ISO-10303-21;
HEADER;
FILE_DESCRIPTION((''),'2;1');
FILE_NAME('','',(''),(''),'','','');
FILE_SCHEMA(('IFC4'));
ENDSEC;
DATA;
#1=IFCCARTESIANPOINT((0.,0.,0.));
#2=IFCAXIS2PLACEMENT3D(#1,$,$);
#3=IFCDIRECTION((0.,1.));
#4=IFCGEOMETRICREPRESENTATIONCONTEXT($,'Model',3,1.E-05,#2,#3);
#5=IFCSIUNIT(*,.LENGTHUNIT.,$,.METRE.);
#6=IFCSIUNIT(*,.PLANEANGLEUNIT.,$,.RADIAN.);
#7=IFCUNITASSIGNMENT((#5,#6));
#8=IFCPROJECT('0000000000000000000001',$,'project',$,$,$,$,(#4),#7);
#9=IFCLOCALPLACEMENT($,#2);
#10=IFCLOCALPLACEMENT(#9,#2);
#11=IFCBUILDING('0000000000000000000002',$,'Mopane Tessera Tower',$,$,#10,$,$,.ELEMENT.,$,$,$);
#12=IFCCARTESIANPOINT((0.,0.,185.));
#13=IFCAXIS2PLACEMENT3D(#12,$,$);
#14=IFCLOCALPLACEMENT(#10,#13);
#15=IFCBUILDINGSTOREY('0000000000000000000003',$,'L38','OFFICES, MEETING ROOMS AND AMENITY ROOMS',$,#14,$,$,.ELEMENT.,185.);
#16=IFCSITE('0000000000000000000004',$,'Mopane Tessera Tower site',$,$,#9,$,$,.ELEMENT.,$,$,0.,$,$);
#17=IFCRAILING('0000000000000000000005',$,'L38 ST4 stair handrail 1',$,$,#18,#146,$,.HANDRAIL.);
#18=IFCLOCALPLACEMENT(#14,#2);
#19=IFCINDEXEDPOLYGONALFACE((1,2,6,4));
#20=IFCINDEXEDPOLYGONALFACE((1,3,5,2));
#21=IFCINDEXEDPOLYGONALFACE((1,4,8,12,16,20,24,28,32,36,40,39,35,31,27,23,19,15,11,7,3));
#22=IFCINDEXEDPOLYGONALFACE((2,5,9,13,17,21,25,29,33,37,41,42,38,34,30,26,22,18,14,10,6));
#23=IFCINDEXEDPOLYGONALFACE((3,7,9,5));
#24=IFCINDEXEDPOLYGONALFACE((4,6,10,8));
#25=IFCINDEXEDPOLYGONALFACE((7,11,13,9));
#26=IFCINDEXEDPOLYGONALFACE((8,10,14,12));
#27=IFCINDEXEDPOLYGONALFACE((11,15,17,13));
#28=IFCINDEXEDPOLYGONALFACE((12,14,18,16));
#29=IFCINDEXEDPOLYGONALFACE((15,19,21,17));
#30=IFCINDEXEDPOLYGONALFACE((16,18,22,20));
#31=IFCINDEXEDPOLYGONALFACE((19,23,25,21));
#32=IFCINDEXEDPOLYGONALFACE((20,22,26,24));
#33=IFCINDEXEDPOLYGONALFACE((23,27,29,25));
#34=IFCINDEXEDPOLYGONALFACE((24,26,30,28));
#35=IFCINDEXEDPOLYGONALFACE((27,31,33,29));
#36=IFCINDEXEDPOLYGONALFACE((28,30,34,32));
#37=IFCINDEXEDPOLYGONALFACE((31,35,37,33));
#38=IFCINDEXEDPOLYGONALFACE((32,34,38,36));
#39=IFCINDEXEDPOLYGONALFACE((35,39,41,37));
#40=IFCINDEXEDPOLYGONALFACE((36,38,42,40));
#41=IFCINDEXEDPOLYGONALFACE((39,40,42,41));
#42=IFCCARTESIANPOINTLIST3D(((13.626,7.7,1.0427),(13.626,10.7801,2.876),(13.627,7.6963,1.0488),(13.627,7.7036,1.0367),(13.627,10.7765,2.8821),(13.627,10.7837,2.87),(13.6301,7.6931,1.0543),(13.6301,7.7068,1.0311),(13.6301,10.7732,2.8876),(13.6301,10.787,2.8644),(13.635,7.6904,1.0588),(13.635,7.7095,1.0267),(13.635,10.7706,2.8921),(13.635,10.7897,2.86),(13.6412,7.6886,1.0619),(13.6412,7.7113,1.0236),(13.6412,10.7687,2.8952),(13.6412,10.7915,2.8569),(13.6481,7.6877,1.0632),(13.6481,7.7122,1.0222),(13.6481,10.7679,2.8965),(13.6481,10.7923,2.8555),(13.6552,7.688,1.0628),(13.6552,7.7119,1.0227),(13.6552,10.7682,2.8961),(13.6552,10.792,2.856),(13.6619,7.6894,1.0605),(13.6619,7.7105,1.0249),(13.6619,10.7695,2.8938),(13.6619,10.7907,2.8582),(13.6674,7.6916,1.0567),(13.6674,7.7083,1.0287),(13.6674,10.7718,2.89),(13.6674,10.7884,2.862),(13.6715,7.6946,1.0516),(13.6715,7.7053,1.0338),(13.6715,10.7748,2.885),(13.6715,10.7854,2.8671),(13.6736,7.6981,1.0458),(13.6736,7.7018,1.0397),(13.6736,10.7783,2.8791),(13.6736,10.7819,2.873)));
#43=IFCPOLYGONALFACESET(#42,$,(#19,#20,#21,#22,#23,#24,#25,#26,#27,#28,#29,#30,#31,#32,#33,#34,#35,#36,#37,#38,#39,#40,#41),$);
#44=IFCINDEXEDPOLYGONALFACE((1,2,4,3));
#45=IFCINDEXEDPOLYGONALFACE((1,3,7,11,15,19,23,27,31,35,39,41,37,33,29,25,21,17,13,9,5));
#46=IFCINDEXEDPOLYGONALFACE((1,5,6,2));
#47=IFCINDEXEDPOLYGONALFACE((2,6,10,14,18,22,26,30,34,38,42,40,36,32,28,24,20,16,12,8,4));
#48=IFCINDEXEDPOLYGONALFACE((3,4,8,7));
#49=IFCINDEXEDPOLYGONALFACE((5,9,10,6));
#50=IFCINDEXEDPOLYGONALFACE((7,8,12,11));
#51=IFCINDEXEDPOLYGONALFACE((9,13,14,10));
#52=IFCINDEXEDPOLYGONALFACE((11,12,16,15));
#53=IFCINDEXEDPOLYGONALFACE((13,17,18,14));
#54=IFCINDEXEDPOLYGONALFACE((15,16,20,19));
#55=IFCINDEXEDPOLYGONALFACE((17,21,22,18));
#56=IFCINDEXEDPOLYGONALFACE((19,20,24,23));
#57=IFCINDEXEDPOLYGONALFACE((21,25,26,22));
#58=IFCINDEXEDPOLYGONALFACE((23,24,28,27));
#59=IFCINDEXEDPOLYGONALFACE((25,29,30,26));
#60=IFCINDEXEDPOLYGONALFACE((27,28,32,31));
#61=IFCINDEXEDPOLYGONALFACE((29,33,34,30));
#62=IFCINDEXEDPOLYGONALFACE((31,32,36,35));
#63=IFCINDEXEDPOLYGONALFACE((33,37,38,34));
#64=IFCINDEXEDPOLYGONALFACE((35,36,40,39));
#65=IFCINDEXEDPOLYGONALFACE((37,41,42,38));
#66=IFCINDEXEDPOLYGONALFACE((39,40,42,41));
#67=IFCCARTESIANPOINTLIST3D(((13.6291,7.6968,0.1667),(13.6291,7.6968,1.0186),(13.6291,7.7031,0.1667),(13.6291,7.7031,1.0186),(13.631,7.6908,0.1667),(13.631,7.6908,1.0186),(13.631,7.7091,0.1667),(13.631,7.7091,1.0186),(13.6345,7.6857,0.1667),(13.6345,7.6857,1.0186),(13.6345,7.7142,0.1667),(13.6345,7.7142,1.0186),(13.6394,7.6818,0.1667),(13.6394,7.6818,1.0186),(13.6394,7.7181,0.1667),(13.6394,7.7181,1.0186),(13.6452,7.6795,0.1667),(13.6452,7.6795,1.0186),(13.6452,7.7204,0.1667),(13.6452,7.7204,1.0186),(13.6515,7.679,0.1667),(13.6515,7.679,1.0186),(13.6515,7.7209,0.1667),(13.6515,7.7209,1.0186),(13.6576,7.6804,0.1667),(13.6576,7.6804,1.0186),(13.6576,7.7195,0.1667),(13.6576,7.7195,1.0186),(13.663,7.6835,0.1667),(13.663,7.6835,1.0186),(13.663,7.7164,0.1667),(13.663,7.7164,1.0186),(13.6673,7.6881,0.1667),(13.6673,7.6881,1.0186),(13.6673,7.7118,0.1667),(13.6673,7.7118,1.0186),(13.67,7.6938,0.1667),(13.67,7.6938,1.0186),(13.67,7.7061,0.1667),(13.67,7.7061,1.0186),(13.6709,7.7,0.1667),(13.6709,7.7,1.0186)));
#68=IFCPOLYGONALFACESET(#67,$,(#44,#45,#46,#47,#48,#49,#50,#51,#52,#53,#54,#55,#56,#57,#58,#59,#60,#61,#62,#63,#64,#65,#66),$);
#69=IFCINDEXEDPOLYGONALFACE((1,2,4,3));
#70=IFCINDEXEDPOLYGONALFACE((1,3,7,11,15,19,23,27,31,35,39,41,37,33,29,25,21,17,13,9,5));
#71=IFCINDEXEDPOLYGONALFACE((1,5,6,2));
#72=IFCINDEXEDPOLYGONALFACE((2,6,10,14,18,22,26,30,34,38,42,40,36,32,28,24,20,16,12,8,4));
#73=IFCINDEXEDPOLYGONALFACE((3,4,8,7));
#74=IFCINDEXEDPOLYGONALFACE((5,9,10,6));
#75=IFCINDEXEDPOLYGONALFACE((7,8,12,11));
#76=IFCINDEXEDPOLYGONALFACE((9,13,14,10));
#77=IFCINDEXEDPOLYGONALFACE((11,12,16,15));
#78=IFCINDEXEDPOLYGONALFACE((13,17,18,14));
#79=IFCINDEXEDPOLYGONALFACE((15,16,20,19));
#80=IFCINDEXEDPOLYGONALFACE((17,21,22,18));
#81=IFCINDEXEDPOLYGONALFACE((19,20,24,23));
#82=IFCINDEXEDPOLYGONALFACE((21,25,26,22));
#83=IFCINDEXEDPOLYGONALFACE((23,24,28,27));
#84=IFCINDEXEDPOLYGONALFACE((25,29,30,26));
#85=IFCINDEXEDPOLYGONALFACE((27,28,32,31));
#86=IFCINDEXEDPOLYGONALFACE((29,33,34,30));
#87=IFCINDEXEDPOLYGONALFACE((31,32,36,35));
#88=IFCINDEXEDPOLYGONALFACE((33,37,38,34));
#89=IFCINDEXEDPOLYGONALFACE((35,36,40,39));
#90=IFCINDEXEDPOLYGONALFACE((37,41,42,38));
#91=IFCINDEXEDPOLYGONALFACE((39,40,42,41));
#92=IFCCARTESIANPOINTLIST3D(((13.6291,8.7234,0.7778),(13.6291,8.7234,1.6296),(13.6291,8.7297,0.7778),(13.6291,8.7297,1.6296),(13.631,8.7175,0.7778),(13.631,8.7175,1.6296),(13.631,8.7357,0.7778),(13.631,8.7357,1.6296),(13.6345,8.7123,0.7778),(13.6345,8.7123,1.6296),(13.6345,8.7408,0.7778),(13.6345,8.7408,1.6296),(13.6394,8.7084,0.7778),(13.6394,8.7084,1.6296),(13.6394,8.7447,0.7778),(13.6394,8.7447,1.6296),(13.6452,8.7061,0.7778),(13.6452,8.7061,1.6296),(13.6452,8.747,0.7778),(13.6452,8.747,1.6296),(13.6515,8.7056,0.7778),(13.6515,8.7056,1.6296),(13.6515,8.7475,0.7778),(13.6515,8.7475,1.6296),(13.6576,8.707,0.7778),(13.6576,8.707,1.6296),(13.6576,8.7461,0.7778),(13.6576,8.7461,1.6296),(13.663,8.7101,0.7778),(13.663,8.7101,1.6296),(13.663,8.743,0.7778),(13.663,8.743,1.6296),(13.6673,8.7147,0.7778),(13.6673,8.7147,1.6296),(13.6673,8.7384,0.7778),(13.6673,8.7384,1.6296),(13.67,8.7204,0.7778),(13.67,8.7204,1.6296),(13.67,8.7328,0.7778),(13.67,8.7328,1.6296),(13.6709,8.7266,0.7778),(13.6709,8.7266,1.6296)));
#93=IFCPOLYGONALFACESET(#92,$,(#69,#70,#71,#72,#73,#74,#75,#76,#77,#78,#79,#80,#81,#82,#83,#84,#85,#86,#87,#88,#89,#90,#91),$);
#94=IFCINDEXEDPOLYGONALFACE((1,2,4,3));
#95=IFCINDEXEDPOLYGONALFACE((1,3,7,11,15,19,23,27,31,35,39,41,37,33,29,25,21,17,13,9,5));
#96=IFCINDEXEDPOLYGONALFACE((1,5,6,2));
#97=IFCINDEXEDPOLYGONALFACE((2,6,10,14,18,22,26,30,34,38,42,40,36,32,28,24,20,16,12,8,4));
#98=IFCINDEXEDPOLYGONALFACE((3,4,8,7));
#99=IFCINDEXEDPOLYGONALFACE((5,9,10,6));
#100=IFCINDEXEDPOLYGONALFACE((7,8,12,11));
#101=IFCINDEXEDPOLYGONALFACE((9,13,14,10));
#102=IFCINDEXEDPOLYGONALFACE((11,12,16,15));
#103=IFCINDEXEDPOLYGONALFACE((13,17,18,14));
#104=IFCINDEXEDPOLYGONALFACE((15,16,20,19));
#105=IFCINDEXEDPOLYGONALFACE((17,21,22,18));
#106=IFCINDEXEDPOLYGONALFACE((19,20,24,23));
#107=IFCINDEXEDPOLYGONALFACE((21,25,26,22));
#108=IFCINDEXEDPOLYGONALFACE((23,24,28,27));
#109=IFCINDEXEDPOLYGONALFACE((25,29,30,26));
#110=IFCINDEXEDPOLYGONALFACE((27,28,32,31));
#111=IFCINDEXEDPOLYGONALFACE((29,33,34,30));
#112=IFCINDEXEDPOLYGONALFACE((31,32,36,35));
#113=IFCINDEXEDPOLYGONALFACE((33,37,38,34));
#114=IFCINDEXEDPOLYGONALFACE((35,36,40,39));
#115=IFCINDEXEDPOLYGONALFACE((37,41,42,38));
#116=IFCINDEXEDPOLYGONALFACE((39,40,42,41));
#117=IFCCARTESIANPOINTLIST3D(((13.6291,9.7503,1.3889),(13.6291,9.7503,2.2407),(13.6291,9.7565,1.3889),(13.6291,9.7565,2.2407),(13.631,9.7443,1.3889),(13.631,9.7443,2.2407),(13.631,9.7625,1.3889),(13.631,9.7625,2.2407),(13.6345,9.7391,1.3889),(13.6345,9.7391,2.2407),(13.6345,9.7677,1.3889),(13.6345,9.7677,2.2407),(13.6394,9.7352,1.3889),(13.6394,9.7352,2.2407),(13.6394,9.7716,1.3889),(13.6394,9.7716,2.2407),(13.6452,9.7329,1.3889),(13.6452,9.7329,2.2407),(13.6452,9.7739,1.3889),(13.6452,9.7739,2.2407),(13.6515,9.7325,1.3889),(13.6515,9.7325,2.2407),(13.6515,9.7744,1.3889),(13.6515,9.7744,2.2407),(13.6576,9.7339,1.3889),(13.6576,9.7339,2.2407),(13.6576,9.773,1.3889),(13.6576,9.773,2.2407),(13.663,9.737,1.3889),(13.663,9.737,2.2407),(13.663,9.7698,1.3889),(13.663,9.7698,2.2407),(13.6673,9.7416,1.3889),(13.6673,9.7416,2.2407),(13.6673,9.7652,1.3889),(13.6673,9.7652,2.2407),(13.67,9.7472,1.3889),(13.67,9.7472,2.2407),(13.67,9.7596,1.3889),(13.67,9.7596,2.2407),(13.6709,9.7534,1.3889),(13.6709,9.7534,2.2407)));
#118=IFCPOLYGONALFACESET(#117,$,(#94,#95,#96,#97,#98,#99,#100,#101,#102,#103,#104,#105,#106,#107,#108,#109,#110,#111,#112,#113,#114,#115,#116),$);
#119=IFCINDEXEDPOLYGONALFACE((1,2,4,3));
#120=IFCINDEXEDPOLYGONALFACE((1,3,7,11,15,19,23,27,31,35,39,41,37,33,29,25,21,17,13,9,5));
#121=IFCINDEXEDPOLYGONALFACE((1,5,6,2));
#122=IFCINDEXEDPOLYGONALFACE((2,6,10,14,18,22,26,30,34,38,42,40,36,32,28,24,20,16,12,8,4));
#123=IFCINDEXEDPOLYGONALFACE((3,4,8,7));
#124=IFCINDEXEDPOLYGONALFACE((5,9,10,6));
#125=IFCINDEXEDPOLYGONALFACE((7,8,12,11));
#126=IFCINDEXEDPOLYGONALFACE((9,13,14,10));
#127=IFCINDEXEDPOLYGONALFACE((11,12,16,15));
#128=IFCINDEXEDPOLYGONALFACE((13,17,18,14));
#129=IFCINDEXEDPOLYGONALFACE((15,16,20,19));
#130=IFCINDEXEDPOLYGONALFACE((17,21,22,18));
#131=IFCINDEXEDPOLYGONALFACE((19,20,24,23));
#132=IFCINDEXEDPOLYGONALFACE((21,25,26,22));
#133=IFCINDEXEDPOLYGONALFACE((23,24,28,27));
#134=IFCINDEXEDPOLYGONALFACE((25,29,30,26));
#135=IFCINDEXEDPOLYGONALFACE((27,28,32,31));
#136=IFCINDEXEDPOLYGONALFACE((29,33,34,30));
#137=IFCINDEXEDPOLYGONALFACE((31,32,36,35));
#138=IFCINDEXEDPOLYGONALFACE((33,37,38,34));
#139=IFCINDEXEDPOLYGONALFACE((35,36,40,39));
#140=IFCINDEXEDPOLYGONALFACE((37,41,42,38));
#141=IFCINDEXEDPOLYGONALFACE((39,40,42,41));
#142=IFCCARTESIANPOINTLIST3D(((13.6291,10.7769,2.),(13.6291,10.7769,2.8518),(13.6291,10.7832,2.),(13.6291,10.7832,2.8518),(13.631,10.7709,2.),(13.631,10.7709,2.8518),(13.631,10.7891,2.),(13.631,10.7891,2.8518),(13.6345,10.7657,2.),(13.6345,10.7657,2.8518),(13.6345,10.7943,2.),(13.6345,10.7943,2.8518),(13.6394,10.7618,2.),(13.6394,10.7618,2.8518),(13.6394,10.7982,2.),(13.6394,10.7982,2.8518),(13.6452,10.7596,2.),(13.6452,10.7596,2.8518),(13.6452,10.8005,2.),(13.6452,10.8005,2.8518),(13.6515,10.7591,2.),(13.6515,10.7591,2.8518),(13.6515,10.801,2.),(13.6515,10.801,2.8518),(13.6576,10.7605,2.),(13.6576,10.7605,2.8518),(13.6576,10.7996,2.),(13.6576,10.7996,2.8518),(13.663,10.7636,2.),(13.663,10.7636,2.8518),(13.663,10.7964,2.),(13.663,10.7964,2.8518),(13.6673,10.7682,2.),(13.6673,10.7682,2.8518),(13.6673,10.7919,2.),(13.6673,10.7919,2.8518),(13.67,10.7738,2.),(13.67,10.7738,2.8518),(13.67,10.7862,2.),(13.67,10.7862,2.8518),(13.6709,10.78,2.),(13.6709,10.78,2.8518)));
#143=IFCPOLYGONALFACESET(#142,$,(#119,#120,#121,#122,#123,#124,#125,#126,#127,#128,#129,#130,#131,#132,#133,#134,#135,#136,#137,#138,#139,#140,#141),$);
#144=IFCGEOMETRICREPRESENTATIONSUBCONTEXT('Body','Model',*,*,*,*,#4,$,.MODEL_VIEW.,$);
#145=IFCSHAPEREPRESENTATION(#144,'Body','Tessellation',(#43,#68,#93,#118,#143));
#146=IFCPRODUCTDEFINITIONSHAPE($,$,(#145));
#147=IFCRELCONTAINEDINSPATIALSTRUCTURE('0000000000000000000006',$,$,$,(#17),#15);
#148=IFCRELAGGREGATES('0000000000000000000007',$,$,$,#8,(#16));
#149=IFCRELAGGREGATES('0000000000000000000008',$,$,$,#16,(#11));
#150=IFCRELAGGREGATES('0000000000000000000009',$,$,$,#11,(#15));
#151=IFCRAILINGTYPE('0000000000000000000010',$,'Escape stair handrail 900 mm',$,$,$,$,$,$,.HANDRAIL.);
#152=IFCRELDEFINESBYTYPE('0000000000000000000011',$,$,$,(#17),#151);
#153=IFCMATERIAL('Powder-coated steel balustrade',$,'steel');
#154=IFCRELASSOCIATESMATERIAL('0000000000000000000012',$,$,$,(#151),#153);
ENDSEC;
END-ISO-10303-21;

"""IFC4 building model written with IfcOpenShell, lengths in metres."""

from ifc_helpers import new_model, si_unit, direction, frame, origin, origin_2d, place, context, subcontext, project, spatial, circle, extrude, material, type_object, element, save


model = new_model("IFC4")

# Units and contexts
model_context = context("Model", 3, precision=1e-05, world=origin(), true_north=direction((0.0, 1.0)))
body_context = subcontext(model_context, "Body", "Model", "MODEL_VIEW")
ifc_project = project(units=[si_unit("LENGTHUNIT", "METRE"), si_unit("PLANEANGLEUNIT", "RADIAN")], contexts=[model_context])

# Site, building, storey
site_placement = place(None, origin())
site = spatial("IfcSite", under=ifc_project, at=site_placement, Name="Mopane Tessera Tower site", CompositionType="ELEMENT", RefElevation=0.0)
building_placement = place(site_placement, origin())
building = spatial("IfcBuilding", under=site, at=building_placement, Name="Mopane Tessera Tower", CompositionType="ELEMENT")
storey_placement = place(building_placement, frame((0.0, 0.0, 185.0)))
storey = spatial("IfcBuildingStorey", under=building, at=storey_placement, Name="L38", Description="OFFICES, MEETING ROOMS AND AMENITY ROOMS", CompositionType="ELEMENT", Elevation=185.0)

# Railing
ifc_material_1 = material(Name="Powder-coated steel balustrade", Category="steel")
railing_type_1 = type_object("IfcRailingType", Name="Escape stair handrail 900 mm", PredefinedType="HANDRAIL", material=ifc_material_1)
railing_1_placement = place(storey_placement, frame((13.6499, 7.7, 0.1667)))
element("IfcRailing", 1, at=railing_1_placement, inside=storey, type_object=railing_type_1, Name="L38 ST4 stair handrail 1", PredefinedType="HANDRAIL", context=body_context, shape_type="SweptSolid", body=[
    extrude(circle(Radius=0.0239, at=origin_2d()), frame((0.0, 0.0, 0.876), z_axis=(0.0, 0.859309, 0.511458), x_axis=(-1.0, 0.0, 0.0)), (0.0, 0.0, 1.0), 3.5845),
    extrude(circle(Radius=0.021, at=origin_2d()), origin(), (0.0, 0.0, 1.0), 0.8518),
    extrude(circle(Radius=0.021, at=origin_2d()), frame((0.0, 1.0266, 0.6111)), (0.0, 0.0, 1.0), 0.8518),
    extrude(circle(Radius=0.021, at=origin_2d()), frame((0.0, 2.0535, 1.2222)), (0.0, 0.0, 1.0), 0.8518),
    extrude(circle(Radius=0.021, at=origin_2d()), frame((0.0, 3.0801, 1.8333)), (0.0, 0.0, 1.0), 0.8518),
])

save(model, "model.ifc")
